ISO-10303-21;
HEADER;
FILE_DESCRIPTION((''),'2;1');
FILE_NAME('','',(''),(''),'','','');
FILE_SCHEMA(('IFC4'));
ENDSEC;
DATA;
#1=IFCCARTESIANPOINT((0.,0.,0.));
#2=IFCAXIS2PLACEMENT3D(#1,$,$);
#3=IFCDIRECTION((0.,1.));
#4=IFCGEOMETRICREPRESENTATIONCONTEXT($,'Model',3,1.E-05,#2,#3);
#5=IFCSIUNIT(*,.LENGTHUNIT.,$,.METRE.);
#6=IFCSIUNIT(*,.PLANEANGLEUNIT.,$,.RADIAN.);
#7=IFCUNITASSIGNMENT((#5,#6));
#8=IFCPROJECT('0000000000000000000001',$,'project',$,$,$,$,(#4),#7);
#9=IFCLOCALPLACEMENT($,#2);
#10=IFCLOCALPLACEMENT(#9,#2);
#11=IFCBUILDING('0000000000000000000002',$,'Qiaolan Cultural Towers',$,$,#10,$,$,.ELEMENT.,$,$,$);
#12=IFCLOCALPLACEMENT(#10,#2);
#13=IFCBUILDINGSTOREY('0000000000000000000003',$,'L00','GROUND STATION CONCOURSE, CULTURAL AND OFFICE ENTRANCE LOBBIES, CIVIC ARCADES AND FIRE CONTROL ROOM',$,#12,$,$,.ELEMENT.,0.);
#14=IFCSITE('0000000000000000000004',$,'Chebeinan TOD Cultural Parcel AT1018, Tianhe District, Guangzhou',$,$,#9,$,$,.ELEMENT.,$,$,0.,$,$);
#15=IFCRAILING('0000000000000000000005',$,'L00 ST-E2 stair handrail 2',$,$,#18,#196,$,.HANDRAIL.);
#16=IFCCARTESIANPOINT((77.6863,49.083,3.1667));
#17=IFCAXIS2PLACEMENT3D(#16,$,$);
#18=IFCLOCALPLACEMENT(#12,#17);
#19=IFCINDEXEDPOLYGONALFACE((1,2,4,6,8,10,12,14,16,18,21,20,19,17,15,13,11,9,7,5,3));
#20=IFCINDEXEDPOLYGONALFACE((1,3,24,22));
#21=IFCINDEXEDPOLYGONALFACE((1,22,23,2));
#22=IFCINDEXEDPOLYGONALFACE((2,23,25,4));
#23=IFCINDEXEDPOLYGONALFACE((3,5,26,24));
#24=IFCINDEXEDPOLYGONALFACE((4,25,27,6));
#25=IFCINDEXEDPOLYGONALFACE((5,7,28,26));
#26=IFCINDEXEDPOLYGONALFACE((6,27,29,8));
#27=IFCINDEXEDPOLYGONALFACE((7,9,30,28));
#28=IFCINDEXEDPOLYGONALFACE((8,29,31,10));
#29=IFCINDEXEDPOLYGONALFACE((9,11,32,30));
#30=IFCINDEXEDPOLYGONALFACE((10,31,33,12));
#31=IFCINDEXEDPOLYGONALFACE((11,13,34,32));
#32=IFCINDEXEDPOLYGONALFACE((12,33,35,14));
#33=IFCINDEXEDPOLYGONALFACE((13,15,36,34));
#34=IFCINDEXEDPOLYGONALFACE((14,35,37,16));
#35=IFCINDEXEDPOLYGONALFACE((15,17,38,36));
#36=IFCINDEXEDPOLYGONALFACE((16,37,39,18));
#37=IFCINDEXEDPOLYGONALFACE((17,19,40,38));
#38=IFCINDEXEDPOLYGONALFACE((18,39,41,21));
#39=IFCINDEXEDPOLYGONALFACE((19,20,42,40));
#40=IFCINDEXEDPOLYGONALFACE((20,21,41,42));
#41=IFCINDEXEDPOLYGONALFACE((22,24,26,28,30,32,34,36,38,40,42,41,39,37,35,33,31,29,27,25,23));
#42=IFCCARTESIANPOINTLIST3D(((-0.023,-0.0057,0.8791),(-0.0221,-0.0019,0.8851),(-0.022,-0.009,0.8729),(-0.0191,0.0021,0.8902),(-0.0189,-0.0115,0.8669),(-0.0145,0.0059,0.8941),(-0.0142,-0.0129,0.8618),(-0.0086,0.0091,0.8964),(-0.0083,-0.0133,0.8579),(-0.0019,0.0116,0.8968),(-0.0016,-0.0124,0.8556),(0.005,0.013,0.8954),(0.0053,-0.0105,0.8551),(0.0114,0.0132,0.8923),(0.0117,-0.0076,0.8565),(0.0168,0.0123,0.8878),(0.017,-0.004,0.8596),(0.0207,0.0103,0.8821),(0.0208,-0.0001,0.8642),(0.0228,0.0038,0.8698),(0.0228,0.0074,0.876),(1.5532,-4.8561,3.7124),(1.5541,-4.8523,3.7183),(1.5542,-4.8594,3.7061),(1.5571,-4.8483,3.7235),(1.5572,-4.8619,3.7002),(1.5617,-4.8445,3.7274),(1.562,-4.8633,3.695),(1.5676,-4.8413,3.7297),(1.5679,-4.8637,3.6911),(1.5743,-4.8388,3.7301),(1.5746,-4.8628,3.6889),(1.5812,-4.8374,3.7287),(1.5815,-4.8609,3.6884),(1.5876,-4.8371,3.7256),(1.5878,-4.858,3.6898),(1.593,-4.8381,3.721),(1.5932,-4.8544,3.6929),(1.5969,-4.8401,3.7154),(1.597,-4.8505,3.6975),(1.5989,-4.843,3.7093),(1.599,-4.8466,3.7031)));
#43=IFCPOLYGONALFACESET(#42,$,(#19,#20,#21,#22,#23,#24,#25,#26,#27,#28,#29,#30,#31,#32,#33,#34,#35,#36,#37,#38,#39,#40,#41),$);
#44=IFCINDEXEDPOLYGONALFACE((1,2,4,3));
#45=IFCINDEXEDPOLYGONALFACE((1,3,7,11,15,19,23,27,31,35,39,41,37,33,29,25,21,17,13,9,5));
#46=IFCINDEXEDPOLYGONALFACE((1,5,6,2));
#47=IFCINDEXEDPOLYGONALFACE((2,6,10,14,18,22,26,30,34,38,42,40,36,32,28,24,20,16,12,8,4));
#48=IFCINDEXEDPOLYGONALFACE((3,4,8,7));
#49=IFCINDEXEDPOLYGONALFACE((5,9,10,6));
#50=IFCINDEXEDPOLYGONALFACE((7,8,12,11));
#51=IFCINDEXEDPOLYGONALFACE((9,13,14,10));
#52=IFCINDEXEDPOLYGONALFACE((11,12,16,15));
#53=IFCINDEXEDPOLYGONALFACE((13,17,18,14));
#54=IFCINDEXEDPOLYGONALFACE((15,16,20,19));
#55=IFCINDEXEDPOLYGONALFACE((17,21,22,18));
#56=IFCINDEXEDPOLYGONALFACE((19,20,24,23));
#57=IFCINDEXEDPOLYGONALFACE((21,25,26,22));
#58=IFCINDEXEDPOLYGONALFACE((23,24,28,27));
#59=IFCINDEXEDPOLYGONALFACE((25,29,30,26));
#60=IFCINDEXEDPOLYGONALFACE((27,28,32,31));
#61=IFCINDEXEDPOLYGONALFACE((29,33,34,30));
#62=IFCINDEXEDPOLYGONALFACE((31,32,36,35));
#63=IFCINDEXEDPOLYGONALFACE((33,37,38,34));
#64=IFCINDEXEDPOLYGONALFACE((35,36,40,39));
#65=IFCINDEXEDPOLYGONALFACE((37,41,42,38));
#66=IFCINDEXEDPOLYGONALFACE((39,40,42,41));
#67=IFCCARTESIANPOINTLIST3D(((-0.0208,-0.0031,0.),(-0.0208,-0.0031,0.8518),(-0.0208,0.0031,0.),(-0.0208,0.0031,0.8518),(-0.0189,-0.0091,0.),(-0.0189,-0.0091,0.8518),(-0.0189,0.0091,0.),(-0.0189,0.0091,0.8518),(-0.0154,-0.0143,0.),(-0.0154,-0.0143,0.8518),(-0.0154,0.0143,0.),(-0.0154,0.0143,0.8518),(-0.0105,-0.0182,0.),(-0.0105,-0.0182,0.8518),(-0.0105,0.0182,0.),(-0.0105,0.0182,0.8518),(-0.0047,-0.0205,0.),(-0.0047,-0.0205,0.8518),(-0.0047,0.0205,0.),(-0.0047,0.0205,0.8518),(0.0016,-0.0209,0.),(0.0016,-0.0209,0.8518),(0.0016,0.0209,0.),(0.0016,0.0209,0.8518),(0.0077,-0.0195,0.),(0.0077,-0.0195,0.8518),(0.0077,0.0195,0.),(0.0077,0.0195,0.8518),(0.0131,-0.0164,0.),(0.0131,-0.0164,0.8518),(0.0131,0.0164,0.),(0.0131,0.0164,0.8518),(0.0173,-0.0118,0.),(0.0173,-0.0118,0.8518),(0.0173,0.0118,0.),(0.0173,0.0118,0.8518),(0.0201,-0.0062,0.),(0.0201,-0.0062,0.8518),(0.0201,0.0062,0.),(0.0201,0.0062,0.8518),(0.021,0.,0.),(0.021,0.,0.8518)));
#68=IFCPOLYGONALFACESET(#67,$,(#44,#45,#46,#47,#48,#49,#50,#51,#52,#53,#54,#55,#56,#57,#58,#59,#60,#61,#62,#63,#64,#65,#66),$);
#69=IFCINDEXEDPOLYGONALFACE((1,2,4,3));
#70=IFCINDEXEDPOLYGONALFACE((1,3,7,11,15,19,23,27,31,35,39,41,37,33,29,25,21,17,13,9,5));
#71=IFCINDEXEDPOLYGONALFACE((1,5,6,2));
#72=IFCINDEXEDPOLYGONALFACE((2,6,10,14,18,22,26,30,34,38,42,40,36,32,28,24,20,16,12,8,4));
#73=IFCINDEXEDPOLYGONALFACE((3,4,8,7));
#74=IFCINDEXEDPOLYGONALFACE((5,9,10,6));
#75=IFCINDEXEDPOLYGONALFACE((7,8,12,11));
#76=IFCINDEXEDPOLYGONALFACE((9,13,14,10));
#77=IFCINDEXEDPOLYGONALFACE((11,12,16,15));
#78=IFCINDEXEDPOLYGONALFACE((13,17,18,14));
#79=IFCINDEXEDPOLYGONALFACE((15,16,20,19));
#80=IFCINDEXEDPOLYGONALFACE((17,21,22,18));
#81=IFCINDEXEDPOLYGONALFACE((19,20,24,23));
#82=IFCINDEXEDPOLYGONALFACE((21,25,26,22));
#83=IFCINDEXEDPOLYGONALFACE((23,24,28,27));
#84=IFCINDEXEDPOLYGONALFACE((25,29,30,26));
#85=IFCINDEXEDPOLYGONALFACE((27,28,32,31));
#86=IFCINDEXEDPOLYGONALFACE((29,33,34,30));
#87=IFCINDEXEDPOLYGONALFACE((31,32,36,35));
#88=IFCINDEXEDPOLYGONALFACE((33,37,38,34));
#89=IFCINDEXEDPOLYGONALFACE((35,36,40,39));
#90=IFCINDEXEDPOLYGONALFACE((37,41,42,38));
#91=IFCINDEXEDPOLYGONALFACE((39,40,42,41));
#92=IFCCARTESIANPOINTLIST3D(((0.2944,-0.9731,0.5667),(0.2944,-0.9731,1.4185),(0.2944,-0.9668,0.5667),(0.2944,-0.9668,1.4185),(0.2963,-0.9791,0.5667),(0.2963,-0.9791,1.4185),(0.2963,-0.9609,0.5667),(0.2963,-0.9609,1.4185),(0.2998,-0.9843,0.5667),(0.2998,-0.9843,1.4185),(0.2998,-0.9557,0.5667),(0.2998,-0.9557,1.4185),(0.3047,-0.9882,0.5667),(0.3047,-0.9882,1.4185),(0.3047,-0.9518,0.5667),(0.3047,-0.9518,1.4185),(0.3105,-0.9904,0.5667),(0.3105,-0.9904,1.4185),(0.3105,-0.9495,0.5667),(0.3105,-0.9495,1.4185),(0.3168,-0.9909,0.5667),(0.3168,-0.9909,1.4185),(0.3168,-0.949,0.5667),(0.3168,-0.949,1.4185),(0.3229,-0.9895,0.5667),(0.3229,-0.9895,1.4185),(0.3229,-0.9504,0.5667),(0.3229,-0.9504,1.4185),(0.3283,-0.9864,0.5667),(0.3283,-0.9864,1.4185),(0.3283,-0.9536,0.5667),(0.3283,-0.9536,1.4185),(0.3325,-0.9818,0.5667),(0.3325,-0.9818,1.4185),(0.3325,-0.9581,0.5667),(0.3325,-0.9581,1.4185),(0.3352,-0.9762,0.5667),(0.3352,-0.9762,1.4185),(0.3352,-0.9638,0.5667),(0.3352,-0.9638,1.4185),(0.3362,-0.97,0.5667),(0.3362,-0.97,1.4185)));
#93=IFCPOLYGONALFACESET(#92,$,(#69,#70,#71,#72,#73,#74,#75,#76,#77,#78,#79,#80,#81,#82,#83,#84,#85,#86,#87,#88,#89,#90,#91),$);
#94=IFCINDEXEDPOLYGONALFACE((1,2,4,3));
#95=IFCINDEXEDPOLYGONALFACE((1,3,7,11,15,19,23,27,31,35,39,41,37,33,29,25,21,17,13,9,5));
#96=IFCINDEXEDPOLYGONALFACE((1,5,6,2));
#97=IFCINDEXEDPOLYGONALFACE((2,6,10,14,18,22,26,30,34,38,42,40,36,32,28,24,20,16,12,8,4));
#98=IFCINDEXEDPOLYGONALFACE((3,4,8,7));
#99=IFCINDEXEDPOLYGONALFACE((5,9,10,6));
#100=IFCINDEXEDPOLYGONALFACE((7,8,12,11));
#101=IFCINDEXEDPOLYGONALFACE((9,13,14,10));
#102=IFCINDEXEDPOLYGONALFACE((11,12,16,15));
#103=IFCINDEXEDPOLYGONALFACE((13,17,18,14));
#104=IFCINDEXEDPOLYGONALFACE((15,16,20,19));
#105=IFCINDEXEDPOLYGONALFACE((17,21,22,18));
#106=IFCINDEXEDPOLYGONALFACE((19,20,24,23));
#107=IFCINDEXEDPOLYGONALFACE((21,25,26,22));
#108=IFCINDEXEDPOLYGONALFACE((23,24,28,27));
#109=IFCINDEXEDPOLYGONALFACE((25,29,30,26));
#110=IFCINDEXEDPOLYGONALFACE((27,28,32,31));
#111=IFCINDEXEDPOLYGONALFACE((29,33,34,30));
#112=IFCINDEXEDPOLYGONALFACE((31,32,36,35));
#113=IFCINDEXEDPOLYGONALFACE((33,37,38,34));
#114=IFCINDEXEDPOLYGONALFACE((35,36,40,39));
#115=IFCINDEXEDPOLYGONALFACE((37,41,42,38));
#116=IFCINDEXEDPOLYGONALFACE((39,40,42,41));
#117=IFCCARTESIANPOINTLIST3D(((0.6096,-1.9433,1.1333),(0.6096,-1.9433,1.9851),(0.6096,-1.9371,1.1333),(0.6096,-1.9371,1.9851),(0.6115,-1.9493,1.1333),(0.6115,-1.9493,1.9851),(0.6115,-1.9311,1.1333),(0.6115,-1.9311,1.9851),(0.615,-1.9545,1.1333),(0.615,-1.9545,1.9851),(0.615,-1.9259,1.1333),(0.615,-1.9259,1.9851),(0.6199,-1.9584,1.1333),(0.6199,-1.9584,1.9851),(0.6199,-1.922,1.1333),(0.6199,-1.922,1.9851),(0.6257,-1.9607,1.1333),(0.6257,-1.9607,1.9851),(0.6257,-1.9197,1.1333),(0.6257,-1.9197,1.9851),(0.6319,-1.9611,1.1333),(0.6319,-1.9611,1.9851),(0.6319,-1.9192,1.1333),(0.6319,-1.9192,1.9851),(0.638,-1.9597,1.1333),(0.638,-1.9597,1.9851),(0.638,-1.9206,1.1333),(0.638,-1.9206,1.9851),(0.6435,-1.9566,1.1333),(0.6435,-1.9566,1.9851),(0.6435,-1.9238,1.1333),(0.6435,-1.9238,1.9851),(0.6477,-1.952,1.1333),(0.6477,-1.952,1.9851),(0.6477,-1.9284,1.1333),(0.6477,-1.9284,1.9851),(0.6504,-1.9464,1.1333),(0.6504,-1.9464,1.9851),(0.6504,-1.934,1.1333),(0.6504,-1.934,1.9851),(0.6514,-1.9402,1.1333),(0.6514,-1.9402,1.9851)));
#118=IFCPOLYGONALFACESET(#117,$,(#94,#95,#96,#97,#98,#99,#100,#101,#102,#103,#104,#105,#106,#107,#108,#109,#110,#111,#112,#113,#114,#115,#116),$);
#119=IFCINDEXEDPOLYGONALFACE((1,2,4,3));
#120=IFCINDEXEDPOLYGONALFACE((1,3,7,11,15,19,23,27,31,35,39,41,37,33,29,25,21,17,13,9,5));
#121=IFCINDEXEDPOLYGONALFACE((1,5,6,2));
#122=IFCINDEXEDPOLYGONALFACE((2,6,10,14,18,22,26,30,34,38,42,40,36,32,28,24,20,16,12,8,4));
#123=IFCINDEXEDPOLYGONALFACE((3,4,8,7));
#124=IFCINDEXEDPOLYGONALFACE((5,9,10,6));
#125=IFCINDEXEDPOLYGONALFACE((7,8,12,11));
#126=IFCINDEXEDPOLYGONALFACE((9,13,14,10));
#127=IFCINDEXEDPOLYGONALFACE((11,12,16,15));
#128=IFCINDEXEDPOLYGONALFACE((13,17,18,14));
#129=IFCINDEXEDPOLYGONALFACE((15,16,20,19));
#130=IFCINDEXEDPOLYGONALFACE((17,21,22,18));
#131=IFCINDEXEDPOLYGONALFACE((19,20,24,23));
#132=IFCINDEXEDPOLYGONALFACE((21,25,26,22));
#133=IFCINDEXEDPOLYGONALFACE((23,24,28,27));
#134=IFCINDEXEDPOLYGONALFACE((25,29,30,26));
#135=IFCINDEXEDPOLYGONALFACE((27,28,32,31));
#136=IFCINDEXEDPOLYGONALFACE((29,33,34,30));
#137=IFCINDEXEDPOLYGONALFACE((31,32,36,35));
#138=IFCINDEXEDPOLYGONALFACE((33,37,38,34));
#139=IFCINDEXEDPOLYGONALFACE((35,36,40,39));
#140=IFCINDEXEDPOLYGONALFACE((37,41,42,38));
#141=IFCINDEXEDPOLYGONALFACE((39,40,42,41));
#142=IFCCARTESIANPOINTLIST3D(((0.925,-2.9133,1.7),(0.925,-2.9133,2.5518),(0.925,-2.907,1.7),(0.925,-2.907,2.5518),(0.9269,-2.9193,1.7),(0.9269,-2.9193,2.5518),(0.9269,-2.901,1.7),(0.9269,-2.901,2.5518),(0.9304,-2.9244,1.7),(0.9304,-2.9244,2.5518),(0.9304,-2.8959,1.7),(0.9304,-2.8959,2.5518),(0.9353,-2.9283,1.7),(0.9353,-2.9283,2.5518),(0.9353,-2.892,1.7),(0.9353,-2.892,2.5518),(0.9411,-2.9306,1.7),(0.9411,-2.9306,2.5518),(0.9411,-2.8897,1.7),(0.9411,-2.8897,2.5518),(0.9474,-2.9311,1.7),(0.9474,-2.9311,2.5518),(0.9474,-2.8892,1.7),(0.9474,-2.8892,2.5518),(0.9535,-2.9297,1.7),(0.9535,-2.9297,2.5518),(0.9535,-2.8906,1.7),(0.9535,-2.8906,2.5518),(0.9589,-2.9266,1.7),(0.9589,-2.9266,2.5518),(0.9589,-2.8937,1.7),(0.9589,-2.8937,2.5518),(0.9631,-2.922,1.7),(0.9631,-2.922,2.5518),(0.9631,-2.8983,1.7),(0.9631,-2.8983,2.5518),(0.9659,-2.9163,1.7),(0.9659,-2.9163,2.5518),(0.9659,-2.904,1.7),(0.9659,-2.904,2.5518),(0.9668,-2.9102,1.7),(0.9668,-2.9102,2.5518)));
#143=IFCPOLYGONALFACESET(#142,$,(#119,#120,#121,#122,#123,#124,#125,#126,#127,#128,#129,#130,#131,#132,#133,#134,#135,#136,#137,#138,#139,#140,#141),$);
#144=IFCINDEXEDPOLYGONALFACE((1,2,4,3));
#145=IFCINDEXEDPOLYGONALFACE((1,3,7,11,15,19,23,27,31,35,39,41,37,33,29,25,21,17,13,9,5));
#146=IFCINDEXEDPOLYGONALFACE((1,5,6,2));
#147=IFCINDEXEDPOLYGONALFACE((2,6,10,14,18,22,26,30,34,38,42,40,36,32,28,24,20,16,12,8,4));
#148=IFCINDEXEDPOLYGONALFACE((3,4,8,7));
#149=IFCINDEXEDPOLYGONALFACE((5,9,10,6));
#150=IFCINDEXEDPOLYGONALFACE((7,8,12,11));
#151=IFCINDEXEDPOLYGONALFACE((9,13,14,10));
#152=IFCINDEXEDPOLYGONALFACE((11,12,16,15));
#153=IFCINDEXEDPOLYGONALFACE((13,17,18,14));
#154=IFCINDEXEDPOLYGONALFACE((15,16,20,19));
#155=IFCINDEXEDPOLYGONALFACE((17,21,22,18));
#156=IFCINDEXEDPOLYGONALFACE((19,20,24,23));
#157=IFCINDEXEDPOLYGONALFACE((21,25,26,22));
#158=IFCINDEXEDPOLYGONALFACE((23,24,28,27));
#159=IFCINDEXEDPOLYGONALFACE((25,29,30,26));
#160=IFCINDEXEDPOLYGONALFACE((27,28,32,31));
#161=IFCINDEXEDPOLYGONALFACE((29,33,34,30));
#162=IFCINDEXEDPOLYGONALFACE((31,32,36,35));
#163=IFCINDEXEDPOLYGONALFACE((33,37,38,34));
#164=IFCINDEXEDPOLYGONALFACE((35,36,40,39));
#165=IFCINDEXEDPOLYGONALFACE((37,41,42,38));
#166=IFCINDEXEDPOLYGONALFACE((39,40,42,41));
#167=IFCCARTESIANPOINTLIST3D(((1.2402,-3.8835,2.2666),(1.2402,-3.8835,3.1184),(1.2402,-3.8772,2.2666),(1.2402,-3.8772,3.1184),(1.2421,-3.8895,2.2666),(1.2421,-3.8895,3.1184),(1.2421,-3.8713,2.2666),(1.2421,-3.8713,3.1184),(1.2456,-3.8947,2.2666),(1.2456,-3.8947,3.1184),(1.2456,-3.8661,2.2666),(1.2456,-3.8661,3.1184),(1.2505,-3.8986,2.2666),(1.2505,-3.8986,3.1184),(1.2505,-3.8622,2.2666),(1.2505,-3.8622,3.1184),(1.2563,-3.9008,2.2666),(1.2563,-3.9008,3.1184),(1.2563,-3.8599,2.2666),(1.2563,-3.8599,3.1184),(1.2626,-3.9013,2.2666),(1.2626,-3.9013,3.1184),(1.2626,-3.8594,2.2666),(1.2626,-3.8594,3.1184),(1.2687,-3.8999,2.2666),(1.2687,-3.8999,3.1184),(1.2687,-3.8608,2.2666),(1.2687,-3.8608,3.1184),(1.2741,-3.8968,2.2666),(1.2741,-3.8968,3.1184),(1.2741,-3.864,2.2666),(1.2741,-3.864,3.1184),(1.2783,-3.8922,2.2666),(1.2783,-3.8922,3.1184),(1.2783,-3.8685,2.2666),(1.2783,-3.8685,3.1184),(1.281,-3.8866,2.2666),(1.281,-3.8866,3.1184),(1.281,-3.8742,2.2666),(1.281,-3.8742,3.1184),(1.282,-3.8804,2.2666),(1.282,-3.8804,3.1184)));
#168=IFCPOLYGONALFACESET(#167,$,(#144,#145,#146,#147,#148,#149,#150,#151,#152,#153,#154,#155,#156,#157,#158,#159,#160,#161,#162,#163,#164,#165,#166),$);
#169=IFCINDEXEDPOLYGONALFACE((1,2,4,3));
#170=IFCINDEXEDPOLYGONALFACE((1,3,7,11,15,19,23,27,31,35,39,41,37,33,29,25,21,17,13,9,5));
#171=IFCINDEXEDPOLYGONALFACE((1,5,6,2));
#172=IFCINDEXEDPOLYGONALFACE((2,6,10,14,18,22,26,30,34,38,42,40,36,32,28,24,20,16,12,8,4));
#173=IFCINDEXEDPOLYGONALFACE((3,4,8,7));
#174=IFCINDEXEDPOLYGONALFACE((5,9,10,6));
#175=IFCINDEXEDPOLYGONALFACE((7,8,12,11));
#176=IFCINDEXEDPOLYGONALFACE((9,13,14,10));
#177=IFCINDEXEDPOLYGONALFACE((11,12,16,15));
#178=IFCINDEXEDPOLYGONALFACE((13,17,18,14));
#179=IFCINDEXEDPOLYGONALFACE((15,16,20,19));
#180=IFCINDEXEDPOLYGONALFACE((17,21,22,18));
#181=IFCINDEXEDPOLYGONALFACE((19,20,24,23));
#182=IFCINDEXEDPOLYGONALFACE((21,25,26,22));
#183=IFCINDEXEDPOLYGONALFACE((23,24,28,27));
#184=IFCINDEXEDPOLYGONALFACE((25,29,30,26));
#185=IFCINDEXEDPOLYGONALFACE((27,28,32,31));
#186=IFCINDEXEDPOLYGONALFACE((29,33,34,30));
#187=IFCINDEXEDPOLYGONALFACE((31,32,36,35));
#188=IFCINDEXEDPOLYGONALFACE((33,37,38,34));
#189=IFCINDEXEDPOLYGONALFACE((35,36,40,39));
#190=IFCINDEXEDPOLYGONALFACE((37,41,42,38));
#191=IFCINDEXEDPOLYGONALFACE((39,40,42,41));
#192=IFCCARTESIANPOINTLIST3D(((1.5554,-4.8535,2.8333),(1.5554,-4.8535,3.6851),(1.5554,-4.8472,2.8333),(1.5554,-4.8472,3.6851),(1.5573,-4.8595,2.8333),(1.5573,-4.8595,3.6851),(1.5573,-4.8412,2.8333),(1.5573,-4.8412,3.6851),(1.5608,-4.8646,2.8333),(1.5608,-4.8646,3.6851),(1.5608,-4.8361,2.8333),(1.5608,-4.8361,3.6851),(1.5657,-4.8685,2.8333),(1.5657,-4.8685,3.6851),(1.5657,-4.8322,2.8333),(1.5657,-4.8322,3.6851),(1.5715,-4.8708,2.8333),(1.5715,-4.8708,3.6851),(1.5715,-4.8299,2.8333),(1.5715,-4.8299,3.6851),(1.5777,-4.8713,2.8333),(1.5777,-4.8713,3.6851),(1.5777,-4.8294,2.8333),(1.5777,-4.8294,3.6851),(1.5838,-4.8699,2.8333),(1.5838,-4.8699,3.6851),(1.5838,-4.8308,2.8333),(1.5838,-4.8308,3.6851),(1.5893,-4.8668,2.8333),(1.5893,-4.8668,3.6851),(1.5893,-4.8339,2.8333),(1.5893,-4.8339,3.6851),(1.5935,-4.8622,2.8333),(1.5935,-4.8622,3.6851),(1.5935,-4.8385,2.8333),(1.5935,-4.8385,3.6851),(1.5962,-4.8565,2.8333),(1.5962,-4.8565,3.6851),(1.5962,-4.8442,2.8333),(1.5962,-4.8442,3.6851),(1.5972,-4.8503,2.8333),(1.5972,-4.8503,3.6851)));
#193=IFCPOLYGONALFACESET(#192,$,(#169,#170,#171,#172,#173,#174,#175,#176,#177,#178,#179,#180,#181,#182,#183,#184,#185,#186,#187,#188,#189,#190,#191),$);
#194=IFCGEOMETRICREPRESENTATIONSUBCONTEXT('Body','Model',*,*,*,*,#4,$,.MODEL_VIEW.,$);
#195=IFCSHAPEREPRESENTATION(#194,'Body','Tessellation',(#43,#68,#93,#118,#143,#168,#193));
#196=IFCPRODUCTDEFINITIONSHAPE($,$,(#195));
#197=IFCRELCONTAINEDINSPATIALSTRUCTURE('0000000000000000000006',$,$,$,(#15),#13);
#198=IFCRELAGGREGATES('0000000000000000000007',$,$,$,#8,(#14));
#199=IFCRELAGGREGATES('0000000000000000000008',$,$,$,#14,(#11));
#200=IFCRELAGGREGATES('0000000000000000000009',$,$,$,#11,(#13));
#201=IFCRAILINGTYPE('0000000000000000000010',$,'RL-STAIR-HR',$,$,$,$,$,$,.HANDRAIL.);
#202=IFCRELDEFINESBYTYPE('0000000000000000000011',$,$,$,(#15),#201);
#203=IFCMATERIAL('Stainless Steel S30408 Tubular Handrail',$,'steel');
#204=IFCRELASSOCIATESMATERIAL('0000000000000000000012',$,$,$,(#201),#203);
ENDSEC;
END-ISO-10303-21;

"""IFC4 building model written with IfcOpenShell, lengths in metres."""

from ifc_helpers import new_model, si_unit, direction, frame, origin, origin_2d, place, context, subcontext, project, spatial, circle, extrude, material, type_object, element, save


model = new_model("IFC4")

# Units and contexts
model_context = context("Model", 3, precision=1e-05, world=origin(), true_north=direction((0.0, 1.0)))
body_context = subcontext(model_context, "Body", "Model", "MODEL_VIEW")
ifc_project = project(units=[si_unit("LENGTHUNIT", "METRE"), si_unit("PLANEANGLEUNIT", "RADIAN")], contexts=[model_context])

# Site, building, storey
site_placement = place(None, origin())
site = spatial("IfcSite", under=ifc_project, at=site_placement, Name="Chebeinan TOD Cultural Parcel AT1018, Tianhe District, Guangzhou", CompositionType="ELEMENT", RefElevation=0.0)
building_placement = place(site_placement, origin())
building = spatial("IfcBuilding", under=site, at=building_placement, Name="Qiaolan Cultural Towers", CompositionType="ELEMENT")
storey_placement = place(building_placement, origin())
storey = spatial("IfcBuildingStorey", under=building, at=storey_placement, Name="L00", Description="GROUND STATION CONCOURSE, CULTURAL AND OFFICE ENTRANCE LOBBIES, CIVIC ARCADES AND FIRE CONTROL ROOM", CompositionType="ELEMENT", Elevation=0.0)

# Railing
ifc_material_1 = material(Name="Stainless Steel S30408 Tubular Handrail", Category="steel")
railing_type_1 = type_object("IfcRailingType", Name="RL-STAIR-HR", PredefinedType="HANDRAIL", material=ifc_material_1)
railing_1_placement = place(storey_placement, frame((77.6863, 49.083, 3.1667)))
element("IfcRailing", 1, at=railing_1_placement, inside=storey, type_object=railing_type_1, Name="L00 ST-E2 stair handrail 2", PredefinedType="HANDRAIL", context=body_context, shape_type="SweptSolid", body=[
    extrude(circle(Radius=0.0239, at=origin_2d()), frame((0.0, 0.0, 0.876), z_axis=(0.270162, -0.831369, 0.485631), x_axis=(0.951045, 0.309053, 0.0)), (0.0, 0.0, 1.0), 5.8342),
    extrude(circle(Radius=0.021, at=origin_2d()), origin(), (0.0, 0.0, 1.0), 0.8518),
    extrude(circle(Radius=0.021, at=origin_2d()), frame((0.3152, -0.97, 0.5667)), (0.0, 0.0, 1.0), 0.8518),
    extrude(circle(Radius=0.021, at=origin_2d()), frame((0.6304, -1.9402, 1.1333)), (0.0, 0.0, 1.0), 0.8518),
    extrude(circle(Radius=0.021, at=origin_2d()), frame((0.9458, -2.9102, 1.7)), (0.0, 0.0, 1.0), 0.8518),
    extrude(circle(Radius=0.021, at=origin_2d()), frame((1.261, -3.8804, 2.2666)), (0.0, 0.0, 1.0), 0.8518),
    extrude(circle(Radius=0.021, at=origin_2d()), frame((1.5762, -4.8503, 2.8333)), (0.0, 0.0, 1.0), 0.8518),
])

save(model, "model.ifc")
